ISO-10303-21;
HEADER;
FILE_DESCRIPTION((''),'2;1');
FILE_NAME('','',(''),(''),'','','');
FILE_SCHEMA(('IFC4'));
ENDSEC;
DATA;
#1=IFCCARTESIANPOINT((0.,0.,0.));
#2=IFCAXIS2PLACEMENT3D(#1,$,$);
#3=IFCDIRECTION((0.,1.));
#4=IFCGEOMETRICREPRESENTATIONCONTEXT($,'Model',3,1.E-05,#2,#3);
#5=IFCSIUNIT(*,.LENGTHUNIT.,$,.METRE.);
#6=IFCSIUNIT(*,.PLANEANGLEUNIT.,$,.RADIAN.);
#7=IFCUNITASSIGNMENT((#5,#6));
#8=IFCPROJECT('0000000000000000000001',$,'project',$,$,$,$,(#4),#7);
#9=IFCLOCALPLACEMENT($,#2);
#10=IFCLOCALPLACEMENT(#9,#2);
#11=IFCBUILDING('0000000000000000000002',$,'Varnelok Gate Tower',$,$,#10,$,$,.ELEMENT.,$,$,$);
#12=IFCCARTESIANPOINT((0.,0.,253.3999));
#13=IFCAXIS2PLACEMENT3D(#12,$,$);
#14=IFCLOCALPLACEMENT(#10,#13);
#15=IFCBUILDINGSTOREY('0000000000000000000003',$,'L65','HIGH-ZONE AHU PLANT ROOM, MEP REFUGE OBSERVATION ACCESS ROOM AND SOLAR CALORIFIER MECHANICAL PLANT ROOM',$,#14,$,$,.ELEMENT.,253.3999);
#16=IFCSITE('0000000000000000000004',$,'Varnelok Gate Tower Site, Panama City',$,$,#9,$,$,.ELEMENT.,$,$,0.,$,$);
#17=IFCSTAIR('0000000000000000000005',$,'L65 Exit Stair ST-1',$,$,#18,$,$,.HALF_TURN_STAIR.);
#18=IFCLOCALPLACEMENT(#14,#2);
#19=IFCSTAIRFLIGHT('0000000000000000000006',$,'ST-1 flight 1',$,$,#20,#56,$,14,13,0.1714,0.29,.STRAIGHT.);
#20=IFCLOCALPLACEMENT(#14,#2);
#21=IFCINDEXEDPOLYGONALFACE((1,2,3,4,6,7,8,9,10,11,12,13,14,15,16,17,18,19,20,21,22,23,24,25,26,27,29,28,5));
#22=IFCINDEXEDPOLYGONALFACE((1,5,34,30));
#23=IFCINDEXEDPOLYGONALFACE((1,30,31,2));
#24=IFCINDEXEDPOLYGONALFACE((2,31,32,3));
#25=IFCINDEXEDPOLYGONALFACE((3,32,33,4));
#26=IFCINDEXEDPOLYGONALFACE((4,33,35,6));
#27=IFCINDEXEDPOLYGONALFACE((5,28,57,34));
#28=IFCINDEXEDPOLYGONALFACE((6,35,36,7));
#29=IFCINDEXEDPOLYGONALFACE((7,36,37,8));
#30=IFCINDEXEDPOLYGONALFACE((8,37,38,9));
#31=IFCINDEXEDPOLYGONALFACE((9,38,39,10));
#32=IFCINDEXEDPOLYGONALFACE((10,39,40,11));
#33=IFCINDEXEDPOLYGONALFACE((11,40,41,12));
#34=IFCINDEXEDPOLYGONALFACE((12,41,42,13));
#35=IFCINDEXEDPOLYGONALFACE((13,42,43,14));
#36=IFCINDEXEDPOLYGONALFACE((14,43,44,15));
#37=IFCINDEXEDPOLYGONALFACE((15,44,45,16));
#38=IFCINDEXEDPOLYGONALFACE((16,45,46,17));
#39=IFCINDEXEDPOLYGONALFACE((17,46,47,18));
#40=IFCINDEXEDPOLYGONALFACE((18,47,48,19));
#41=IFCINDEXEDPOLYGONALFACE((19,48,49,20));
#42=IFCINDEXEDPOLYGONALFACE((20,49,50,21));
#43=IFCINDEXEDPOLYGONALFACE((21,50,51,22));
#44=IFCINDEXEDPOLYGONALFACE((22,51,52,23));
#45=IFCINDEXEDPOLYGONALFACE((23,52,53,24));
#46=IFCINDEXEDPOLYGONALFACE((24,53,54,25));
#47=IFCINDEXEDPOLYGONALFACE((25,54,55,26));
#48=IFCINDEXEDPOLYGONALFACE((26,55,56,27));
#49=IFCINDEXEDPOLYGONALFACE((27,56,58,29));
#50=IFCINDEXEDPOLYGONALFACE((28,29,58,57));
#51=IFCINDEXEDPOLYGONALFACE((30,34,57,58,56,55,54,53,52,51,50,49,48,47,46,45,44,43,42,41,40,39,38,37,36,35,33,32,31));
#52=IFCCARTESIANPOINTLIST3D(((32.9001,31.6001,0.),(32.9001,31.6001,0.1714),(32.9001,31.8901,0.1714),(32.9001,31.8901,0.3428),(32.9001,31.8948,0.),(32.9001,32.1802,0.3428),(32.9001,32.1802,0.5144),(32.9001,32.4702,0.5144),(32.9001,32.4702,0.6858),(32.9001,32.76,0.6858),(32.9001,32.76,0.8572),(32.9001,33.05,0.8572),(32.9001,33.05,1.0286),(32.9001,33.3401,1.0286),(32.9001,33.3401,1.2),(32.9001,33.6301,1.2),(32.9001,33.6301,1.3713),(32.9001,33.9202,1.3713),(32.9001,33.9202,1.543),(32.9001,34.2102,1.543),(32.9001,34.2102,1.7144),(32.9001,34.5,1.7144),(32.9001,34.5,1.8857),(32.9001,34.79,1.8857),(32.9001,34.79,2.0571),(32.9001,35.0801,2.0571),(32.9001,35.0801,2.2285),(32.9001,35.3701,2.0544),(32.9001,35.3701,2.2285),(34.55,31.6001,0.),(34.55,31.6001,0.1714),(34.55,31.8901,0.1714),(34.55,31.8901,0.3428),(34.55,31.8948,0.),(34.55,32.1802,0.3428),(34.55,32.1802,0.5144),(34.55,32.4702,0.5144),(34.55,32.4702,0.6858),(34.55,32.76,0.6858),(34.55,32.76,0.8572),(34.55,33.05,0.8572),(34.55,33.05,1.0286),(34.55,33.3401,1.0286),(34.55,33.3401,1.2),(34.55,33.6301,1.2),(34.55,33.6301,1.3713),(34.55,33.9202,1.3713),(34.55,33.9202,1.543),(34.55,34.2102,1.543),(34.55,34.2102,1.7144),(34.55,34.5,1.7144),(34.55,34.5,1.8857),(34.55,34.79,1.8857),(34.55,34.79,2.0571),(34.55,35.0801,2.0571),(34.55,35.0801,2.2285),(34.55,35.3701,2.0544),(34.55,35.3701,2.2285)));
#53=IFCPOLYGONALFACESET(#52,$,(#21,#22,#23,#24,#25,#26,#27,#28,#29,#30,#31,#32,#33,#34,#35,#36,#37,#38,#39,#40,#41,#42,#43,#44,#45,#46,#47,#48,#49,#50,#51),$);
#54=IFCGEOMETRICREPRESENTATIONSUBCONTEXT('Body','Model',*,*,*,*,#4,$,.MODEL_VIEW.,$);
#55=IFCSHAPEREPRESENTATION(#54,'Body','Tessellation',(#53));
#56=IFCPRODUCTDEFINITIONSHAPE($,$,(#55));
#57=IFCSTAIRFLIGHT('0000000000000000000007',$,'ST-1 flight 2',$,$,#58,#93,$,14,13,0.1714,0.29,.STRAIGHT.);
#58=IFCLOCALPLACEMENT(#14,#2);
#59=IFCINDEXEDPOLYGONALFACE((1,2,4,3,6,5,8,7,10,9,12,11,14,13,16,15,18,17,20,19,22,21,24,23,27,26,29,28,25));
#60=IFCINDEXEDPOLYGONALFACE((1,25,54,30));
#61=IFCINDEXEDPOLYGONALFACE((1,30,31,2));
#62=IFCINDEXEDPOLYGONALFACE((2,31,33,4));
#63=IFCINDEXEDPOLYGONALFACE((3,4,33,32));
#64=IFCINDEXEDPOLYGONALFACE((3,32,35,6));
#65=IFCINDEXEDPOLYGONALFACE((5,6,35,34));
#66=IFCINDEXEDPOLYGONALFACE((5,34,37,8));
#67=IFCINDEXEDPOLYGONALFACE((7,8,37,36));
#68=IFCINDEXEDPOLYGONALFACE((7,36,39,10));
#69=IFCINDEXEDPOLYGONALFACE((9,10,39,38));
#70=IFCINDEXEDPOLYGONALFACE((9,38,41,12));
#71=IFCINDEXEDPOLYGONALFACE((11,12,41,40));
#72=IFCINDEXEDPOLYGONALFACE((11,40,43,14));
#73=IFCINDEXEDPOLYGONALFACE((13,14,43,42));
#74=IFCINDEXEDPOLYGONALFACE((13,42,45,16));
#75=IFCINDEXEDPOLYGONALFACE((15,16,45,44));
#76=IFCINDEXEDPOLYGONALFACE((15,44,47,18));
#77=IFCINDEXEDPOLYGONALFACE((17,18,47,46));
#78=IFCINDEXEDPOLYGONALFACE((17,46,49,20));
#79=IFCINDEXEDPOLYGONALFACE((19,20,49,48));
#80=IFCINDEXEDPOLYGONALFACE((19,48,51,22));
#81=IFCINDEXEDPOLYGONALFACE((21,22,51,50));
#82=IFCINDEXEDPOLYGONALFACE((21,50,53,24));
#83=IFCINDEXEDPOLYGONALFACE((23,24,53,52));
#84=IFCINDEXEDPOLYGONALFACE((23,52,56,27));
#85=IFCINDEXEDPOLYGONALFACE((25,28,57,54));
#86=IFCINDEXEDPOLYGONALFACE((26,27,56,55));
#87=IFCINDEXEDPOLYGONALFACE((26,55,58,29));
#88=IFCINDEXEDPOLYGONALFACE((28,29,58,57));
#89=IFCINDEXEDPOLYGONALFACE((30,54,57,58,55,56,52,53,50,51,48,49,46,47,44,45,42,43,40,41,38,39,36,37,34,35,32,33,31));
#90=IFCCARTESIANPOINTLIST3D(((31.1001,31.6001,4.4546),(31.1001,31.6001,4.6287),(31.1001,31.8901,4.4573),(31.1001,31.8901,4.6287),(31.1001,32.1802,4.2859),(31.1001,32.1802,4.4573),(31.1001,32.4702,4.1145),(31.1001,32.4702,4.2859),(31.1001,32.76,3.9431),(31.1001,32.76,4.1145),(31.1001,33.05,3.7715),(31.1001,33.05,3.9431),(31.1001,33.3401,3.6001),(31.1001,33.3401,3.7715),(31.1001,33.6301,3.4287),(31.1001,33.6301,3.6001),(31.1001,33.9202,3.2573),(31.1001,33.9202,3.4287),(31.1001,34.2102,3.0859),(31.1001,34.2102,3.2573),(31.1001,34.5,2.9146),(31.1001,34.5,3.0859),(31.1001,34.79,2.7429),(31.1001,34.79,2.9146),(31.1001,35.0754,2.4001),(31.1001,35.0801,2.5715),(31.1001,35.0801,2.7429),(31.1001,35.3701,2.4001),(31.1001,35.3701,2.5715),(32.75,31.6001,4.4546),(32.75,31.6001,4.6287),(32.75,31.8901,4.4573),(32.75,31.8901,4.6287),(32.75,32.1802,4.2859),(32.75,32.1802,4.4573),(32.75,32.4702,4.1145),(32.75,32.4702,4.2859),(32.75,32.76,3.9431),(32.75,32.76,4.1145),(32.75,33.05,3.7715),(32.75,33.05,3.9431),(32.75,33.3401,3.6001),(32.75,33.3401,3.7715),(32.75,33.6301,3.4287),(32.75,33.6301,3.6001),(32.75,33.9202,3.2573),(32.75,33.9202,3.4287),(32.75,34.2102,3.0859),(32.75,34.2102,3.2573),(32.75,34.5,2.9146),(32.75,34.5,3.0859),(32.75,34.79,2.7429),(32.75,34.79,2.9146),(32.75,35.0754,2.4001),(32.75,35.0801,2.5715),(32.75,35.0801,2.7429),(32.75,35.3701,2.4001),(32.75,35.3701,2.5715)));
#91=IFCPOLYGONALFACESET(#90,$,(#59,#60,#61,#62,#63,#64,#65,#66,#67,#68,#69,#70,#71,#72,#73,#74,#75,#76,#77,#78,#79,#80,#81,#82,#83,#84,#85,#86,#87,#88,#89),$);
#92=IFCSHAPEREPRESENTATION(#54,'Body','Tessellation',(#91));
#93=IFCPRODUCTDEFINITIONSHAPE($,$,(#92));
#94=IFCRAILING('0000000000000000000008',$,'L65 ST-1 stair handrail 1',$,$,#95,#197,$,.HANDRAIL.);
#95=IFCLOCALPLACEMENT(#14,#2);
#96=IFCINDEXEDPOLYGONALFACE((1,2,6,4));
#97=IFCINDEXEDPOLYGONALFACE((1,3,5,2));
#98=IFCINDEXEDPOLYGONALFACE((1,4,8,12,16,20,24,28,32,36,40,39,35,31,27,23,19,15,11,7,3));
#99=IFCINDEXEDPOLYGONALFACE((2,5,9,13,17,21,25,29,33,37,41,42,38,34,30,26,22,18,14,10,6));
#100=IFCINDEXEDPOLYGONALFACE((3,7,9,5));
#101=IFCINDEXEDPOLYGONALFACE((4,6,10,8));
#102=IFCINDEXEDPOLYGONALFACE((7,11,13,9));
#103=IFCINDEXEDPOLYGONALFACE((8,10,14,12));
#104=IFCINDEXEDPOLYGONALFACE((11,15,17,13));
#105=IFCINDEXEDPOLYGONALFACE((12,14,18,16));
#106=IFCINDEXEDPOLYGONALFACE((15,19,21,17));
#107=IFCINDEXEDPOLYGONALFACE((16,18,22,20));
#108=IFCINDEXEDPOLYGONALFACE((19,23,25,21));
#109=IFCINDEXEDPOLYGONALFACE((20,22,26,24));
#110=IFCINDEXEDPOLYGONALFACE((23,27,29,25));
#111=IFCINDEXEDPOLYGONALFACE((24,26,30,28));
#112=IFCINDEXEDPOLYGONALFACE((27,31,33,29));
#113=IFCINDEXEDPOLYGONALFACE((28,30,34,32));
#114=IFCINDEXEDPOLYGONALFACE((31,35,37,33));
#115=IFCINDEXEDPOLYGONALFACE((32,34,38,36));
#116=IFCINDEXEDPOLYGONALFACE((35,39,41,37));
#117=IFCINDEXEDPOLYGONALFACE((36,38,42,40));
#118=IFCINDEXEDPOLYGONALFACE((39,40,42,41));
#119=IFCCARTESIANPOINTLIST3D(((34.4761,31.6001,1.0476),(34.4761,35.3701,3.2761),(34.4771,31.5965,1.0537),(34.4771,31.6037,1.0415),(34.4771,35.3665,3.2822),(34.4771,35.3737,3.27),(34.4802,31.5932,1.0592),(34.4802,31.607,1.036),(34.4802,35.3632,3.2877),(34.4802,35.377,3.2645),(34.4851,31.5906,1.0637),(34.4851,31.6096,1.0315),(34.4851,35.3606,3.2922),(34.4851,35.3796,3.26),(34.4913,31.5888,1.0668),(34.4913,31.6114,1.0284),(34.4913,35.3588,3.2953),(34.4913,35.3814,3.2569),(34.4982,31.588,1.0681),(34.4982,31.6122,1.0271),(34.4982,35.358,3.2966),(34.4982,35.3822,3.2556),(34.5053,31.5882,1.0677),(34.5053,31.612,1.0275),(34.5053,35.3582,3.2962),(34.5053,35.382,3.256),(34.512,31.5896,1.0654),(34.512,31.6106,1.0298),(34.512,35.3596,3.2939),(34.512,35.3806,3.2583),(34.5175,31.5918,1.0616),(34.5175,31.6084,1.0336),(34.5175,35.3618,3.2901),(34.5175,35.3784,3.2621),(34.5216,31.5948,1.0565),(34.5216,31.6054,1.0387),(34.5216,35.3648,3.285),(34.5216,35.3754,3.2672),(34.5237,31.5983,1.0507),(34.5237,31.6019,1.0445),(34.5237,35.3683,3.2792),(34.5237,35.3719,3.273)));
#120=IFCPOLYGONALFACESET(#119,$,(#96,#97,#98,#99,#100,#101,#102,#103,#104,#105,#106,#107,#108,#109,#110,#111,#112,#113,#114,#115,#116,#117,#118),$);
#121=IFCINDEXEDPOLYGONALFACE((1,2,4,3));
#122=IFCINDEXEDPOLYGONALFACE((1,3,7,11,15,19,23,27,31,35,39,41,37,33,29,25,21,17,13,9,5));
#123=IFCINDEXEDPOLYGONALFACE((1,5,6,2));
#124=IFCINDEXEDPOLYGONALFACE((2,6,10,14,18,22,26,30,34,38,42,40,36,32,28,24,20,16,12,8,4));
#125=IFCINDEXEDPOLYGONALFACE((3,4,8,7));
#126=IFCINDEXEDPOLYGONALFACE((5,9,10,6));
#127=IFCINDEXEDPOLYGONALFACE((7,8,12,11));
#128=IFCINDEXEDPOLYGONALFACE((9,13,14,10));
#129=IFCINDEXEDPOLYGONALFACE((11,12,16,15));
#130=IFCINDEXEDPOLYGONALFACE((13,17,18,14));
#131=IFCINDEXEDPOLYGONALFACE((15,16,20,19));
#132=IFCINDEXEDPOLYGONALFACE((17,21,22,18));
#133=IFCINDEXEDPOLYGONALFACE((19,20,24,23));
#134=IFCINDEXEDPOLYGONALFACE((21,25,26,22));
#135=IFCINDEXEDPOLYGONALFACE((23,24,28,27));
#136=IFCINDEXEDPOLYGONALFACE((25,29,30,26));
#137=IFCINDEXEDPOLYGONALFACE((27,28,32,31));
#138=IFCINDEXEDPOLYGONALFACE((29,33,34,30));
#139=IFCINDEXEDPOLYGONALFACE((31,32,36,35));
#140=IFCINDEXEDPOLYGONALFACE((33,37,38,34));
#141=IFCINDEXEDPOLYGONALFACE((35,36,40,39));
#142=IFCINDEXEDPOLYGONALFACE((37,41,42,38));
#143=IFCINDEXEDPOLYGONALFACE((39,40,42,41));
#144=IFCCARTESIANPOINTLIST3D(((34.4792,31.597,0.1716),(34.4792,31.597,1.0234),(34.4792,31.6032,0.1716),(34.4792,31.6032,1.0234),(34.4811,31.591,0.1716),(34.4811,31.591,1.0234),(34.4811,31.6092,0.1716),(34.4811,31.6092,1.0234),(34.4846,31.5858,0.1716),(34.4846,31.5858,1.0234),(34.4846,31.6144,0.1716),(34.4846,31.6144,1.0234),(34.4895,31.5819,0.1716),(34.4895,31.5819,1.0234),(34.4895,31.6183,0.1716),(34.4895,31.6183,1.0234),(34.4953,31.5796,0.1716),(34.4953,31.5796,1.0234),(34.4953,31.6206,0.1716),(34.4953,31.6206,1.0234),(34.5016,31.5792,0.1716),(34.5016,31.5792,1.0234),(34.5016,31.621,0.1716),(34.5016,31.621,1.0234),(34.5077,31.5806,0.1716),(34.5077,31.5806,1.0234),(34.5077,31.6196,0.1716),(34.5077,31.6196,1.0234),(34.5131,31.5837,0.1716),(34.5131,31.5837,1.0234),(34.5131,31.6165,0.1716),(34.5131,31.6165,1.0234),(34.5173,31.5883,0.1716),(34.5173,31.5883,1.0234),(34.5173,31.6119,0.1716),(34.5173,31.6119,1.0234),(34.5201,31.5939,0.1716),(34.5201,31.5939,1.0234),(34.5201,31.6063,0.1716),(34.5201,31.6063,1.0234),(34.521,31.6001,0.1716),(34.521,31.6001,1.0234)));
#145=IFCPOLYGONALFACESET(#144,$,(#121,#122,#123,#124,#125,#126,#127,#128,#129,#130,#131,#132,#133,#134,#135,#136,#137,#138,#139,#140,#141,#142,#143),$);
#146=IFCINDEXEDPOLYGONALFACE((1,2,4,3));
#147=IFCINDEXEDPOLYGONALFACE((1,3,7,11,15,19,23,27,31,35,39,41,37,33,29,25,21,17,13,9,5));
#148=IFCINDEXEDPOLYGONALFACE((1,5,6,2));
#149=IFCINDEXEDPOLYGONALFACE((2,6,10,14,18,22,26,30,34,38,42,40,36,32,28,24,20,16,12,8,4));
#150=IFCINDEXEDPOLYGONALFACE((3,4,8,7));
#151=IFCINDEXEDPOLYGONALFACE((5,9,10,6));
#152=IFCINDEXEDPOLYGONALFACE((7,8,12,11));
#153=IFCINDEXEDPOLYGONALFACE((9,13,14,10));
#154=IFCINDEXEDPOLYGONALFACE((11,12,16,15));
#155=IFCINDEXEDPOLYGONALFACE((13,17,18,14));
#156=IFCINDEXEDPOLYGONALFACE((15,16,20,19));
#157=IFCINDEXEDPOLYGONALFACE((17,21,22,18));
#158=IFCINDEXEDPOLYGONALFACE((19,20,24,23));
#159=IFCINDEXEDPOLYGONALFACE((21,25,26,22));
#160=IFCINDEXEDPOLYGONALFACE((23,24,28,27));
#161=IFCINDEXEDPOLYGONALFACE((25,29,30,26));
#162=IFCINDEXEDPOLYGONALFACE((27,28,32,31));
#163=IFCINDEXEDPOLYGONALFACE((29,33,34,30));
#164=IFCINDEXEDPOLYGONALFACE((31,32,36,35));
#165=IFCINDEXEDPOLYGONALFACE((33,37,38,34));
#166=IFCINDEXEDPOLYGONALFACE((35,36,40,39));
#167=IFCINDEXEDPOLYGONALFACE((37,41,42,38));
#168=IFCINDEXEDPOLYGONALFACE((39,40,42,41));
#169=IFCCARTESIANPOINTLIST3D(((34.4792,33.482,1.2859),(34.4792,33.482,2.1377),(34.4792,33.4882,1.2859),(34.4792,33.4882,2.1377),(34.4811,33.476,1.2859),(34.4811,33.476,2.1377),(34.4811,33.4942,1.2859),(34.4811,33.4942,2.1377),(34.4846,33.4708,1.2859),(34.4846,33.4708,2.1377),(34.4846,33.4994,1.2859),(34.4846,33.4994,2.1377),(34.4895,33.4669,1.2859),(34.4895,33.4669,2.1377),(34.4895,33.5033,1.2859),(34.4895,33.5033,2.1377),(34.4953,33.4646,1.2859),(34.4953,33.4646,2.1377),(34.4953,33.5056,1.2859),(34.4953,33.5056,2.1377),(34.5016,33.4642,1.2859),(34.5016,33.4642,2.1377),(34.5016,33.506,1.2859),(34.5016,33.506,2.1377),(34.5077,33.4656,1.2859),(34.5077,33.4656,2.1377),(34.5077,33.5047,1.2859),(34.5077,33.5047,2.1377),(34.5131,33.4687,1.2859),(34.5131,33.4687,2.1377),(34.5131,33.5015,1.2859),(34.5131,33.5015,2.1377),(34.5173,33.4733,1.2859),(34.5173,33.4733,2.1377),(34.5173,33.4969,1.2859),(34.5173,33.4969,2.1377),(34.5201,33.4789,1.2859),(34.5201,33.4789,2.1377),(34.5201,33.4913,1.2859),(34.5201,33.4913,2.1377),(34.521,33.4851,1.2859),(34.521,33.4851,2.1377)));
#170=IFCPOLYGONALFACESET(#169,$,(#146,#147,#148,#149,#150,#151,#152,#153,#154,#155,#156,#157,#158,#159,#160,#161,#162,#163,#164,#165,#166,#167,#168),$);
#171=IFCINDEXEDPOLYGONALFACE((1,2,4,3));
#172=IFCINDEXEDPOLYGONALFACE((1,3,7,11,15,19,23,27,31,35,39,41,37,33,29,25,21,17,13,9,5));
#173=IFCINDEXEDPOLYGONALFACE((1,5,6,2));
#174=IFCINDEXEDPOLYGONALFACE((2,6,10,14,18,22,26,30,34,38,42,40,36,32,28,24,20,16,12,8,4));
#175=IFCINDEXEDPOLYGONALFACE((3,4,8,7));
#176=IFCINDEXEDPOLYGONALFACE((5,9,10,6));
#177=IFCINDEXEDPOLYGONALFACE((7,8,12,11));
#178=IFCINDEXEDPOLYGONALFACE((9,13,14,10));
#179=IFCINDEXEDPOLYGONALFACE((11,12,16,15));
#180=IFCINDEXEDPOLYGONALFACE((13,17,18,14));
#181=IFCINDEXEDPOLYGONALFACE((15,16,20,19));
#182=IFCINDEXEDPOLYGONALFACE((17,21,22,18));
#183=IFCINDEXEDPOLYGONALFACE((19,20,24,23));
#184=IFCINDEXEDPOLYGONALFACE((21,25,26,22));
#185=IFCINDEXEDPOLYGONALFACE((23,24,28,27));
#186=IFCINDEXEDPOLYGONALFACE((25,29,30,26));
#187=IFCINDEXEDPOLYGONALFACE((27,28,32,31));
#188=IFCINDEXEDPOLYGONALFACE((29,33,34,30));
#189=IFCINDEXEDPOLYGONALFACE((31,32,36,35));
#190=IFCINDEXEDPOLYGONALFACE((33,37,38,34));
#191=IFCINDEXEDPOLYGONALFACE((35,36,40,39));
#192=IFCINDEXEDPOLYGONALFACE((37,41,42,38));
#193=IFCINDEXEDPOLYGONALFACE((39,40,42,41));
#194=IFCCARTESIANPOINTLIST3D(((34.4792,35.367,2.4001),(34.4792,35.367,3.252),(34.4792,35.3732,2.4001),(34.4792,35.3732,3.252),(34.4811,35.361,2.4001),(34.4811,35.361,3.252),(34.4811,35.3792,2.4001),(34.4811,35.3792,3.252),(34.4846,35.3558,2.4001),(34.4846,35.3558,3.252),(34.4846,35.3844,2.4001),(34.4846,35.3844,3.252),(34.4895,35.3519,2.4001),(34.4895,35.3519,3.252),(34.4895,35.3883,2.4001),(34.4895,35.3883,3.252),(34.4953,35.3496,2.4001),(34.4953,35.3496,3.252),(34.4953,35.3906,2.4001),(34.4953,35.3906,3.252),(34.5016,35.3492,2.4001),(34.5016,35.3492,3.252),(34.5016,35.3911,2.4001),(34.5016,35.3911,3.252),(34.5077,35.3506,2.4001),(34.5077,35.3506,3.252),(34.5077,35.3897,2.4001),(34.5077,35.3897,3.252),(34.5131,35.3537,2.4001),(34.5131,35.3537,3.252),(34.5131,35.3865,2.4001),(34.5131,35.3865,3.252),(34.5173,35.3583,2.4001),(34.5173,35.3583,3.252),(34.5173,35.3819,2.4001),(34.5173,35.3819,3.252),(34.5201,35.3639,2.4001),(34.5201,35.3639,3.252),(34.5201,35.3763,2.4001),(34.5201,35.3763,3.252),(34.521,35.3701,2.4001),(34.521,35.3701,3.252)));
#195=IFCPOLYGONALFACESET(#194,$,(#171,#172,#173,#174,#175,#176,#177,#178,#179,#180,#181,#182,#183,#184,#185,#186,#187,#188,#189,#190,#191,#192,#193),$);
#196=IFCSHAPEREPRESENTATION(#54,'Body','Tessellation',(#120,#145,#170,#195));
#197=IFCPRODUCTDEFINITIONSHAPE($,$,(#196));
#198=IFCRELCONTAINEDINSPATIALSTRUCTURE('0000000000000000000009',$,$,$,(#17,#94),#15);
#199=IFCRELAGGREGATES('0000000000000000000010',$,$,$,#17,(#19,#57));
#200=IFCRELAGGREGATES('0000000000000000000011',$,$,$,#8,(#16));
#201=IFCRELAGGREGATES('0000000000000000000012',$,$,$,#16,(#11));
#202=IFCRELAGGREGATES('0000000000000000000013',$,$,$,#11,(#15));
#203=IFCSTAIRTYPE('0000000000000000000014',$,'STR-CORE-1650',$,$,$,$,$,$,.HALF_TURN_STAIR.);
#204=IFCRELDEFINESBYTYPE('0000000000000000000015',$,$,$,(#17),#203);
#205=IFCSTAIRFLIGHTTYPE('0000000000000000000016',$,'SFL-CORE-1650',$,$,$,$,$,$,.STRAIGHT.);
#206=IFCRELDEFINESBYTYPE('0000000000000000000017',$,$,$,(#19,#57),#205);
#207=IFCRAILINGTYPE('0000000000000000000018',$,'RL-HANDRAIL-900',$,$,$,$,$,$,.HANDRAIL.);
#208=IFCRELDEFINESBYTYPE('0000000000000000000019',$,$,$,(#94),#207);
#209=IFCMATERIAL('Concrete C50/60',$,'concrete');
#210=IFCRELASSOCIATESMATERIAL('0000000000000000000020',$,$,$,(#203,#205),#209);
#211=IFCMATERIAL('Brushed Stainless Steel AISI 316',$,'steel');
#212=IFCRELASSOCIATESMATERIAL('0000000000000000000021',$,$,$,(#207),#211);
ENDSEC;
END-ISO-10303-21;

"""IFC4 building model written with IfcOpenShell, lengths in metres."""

from ifc_helpers import new_model, si_unit, direction, frame, origin, origin_2d, place, context, subcontext, project, spatial, polyline, circle, outline, extrude, material, type_object, element, aggregate, save


model = new_model("IFC4")

# Units and contexts
model_context = context("Model", 3, precision=1e-05, world=origin(), true_north=direction((0.0, 1.0)))
body_context = subcontext(model_context, "Body", "Model", "MODEL_VIEW")
ifc_project = project(units=[si_unit("LENGTHUNIT", "METRE"), si_unit("PLANEANGLEUNIT", "RADIAN")], contexts=[model_context])

# Site, building, storey
site_placement = place(None, origin())
site = spatial("IfcSite", under=ifc_project, at=site_placement, Name="Varnelok Gate Tower Site, Panama City", CompositionType="ELEMENT", RefElevation=0.0)
building_placement = place(site_placement, origin())
building = spatial("IfcBuilding", under=site, at=building_placement, Name="Varnelok Gate Tower", CompositionType="ELEMENT")
storey_placement = place(building_placement, frame((0.0, 0.0, 253.3999)))
storey = spatial("IfcBuildingStorey", under=building, at=storey_placement, Name="L65", Description="HIGH-ZONE AHU PLANT ROOM, MEP REFUGE OBSERVATION ACCESS ROOM AND SOLAR CALORIFIER MECHANICAL PLANT ROOM", CompositionType="ELEMENT", Elevation=253.3999)

# Stair, stair flights
ifc_material_1 = material(Name="Concrete C50/60", Category="concrete")
stair_type = type_object("IfcStairType", Name="STR-CORE-1650", PredefinedType="HALF_TURN_STAIR", material=ifc_material_1)
stair_placement = place(storey_placement, origin())
stair = element("IfcStair", 1, at=stair_placement, inside=storey, type_object=stair_type, Name="L65 Exit Stair ST-1", PredefinedType="HALF_TURN_STAIR")
stair_flight_type = type_object("IfcStairFlightType", Name="SFL-CORE-1650", PredefinedType="STRAIGHT", material=ifc_material_1)
stair_flight_1_placement = place(storey_placement, frame((33.7251, 31.6001, 0.0), z_axis=(0.0, 0.0, 1.0), x_axis=(0.0, 1.0, 0.0)))
stair_flight_1 = element("IfcStairFlight", 2, at=stair_flight_1_placement, type_object=stair_flight_type, Name="ST-1 flight 1", NumberOfRisers=14, NumberOfTreads=13, PredefinedType="STRAIGHT", RiserHeight=0.1714, TreadLength=0.29, context=body_context, shape_type="SweptSolid", body=[
    extrude(outline(polyline([(0.0, 0.0), (0.0, 0.1714), (0.29, 0.1714), (0.29, 0.3428), (0.5801, 0.3428), (0.5801, 0.5144), (0.8701, 0.5144), (0.8701, 0.6858), (1.1599, 0.6858), (1.1599, 0.8572), (1.45, 0.8572), (1.45, 1.0286), (1.74, 1.0286), (1.74, 1.2), (2.03, 1.2), (2.03, 1.3713), (2.3201, 1.3713), (2.3201, 1.543), (2.6101, 1.543), (2.6101, 1.7144), (2.8999, 1.7144), (2.8999, 1.8857), (3.1899, 1.8857), (3.1899, 2.0571), (3.48, 2.0571), (3.48, 2.2285), (3.77, 2.2285), (3.77, 2.3999), (3.77, 2.0544), (0.2947, 0.0), (0.0, 0.0)])), frame((0.0, 0.825, 0.0), z_axis=(0.0, -1.0, 0.0), x_axis=(1.0, 0.0, 0.0)), (0.0, 0.0, 1.0), 1.6499),
])
stair_flight_2_placement = place(storey_placement, frame((31.925, 35.3701, 2.4001), z_axis=(0.0, 0.0, 1.0), x_axis=(0.0, -1.0, 0.0)))
stair_flight_2 = element("IfcStairFlight", 3, at=stair_flight_2_placement, type_object=stair_flight_type, Name="ST-1 flight 2", NumberOfRisers=14, NumberOfTreads=13, PredefinedType="STRAIGHT", RiserHeight=0.1714, TreadLength=0.29, context=body_context, shape_type="SweptSolid", body=[
    extrude(outline(polyline([(0.0, 0.0), (0.0, 0.1714), (0.29, 0.1714), (0.29, 0.3428), (0.5801, 0.3428), (0.5801, 0.5144), (0.8701, 0.5144), (0.8701, 0.6858), (1.1599, 0.6858), (1.1599, 0.8572), (1.45, 0.8572), (1.45, 1.0286), (1.74, 1.0286), (1.74, 1.2), (2.03, 1.2), (2.03, 1.3713), (2.3201, 1.3713), (2.3201, 1.543), (2.6101, 1.543), (2.6101, 1.7144), (2.8999, 1.7144), (2.8999, 1.8857), (3.1899, 1.8857), (3.1899, 2.0571), (3.48, 2.0571), (3.48, 2.2285), (3.77, 2.2285), (3.77, 2.3999), (3.77, 2.0544), (0.2947, 0.0), (0.0, 0.0)])), frame((0.0, 0.825, 0.0), z_axis=(0.0, -1.0, 0.0), x_axis=(1.0, 0.0, 0.0)), (0.0, 0.0, 1.0), 1.6499),
])
aggregate(stair, [stair_flight_1, stair_flight_2])

# Railing
ifc_material_2 = material(Name="Brushed Stainless Steel AISI 316", Category="steel")
railing_type_1 = type_object("IfcRailingType", Name="RL-HANDRAIL-900", PredefinedType="HANDRAIL", material=ifc_material_2)
railing_1_placement = place(storey_placement, frame((34.5, 31.6001, 0.1716)))
element("IfcRailing", 4, at=railing_1_placement, inside=storey, type_object=railing_type_1, Name="L65 ST-1 stair handrail 1", PredefinedType="HANDRAIL", context=body_context, shape_type="SweptSolid", body=[
    extrude(circle(Radius=0.0239, at=origin_2d()), frame((0.0, 0.0, 0.876), z_axis=(0.0, 0.860849, 0.508861), x_axis=(-1.0, 0.0, 0.0)), (0.0, 0.0, 1.0), 4.3794),
    extrude(circle(Radius=0.021, at=origin_2d()), origin(), (0.0, 0.0, 1.0), 0.8518),
    extrude(circle(Radius=0.021, at=origin_2d()), frame((0.0, 1.885, 1.1143)), (0.0, 0.0, 1.0), 0.8518),
    extrude(circle(Radius=0.021, at=origin_2d()), frame((0.0, 3.77, 2.2285)), (0.0, 0.0, 1.0), 0.8518),
])

save(model, "model.ifc")
